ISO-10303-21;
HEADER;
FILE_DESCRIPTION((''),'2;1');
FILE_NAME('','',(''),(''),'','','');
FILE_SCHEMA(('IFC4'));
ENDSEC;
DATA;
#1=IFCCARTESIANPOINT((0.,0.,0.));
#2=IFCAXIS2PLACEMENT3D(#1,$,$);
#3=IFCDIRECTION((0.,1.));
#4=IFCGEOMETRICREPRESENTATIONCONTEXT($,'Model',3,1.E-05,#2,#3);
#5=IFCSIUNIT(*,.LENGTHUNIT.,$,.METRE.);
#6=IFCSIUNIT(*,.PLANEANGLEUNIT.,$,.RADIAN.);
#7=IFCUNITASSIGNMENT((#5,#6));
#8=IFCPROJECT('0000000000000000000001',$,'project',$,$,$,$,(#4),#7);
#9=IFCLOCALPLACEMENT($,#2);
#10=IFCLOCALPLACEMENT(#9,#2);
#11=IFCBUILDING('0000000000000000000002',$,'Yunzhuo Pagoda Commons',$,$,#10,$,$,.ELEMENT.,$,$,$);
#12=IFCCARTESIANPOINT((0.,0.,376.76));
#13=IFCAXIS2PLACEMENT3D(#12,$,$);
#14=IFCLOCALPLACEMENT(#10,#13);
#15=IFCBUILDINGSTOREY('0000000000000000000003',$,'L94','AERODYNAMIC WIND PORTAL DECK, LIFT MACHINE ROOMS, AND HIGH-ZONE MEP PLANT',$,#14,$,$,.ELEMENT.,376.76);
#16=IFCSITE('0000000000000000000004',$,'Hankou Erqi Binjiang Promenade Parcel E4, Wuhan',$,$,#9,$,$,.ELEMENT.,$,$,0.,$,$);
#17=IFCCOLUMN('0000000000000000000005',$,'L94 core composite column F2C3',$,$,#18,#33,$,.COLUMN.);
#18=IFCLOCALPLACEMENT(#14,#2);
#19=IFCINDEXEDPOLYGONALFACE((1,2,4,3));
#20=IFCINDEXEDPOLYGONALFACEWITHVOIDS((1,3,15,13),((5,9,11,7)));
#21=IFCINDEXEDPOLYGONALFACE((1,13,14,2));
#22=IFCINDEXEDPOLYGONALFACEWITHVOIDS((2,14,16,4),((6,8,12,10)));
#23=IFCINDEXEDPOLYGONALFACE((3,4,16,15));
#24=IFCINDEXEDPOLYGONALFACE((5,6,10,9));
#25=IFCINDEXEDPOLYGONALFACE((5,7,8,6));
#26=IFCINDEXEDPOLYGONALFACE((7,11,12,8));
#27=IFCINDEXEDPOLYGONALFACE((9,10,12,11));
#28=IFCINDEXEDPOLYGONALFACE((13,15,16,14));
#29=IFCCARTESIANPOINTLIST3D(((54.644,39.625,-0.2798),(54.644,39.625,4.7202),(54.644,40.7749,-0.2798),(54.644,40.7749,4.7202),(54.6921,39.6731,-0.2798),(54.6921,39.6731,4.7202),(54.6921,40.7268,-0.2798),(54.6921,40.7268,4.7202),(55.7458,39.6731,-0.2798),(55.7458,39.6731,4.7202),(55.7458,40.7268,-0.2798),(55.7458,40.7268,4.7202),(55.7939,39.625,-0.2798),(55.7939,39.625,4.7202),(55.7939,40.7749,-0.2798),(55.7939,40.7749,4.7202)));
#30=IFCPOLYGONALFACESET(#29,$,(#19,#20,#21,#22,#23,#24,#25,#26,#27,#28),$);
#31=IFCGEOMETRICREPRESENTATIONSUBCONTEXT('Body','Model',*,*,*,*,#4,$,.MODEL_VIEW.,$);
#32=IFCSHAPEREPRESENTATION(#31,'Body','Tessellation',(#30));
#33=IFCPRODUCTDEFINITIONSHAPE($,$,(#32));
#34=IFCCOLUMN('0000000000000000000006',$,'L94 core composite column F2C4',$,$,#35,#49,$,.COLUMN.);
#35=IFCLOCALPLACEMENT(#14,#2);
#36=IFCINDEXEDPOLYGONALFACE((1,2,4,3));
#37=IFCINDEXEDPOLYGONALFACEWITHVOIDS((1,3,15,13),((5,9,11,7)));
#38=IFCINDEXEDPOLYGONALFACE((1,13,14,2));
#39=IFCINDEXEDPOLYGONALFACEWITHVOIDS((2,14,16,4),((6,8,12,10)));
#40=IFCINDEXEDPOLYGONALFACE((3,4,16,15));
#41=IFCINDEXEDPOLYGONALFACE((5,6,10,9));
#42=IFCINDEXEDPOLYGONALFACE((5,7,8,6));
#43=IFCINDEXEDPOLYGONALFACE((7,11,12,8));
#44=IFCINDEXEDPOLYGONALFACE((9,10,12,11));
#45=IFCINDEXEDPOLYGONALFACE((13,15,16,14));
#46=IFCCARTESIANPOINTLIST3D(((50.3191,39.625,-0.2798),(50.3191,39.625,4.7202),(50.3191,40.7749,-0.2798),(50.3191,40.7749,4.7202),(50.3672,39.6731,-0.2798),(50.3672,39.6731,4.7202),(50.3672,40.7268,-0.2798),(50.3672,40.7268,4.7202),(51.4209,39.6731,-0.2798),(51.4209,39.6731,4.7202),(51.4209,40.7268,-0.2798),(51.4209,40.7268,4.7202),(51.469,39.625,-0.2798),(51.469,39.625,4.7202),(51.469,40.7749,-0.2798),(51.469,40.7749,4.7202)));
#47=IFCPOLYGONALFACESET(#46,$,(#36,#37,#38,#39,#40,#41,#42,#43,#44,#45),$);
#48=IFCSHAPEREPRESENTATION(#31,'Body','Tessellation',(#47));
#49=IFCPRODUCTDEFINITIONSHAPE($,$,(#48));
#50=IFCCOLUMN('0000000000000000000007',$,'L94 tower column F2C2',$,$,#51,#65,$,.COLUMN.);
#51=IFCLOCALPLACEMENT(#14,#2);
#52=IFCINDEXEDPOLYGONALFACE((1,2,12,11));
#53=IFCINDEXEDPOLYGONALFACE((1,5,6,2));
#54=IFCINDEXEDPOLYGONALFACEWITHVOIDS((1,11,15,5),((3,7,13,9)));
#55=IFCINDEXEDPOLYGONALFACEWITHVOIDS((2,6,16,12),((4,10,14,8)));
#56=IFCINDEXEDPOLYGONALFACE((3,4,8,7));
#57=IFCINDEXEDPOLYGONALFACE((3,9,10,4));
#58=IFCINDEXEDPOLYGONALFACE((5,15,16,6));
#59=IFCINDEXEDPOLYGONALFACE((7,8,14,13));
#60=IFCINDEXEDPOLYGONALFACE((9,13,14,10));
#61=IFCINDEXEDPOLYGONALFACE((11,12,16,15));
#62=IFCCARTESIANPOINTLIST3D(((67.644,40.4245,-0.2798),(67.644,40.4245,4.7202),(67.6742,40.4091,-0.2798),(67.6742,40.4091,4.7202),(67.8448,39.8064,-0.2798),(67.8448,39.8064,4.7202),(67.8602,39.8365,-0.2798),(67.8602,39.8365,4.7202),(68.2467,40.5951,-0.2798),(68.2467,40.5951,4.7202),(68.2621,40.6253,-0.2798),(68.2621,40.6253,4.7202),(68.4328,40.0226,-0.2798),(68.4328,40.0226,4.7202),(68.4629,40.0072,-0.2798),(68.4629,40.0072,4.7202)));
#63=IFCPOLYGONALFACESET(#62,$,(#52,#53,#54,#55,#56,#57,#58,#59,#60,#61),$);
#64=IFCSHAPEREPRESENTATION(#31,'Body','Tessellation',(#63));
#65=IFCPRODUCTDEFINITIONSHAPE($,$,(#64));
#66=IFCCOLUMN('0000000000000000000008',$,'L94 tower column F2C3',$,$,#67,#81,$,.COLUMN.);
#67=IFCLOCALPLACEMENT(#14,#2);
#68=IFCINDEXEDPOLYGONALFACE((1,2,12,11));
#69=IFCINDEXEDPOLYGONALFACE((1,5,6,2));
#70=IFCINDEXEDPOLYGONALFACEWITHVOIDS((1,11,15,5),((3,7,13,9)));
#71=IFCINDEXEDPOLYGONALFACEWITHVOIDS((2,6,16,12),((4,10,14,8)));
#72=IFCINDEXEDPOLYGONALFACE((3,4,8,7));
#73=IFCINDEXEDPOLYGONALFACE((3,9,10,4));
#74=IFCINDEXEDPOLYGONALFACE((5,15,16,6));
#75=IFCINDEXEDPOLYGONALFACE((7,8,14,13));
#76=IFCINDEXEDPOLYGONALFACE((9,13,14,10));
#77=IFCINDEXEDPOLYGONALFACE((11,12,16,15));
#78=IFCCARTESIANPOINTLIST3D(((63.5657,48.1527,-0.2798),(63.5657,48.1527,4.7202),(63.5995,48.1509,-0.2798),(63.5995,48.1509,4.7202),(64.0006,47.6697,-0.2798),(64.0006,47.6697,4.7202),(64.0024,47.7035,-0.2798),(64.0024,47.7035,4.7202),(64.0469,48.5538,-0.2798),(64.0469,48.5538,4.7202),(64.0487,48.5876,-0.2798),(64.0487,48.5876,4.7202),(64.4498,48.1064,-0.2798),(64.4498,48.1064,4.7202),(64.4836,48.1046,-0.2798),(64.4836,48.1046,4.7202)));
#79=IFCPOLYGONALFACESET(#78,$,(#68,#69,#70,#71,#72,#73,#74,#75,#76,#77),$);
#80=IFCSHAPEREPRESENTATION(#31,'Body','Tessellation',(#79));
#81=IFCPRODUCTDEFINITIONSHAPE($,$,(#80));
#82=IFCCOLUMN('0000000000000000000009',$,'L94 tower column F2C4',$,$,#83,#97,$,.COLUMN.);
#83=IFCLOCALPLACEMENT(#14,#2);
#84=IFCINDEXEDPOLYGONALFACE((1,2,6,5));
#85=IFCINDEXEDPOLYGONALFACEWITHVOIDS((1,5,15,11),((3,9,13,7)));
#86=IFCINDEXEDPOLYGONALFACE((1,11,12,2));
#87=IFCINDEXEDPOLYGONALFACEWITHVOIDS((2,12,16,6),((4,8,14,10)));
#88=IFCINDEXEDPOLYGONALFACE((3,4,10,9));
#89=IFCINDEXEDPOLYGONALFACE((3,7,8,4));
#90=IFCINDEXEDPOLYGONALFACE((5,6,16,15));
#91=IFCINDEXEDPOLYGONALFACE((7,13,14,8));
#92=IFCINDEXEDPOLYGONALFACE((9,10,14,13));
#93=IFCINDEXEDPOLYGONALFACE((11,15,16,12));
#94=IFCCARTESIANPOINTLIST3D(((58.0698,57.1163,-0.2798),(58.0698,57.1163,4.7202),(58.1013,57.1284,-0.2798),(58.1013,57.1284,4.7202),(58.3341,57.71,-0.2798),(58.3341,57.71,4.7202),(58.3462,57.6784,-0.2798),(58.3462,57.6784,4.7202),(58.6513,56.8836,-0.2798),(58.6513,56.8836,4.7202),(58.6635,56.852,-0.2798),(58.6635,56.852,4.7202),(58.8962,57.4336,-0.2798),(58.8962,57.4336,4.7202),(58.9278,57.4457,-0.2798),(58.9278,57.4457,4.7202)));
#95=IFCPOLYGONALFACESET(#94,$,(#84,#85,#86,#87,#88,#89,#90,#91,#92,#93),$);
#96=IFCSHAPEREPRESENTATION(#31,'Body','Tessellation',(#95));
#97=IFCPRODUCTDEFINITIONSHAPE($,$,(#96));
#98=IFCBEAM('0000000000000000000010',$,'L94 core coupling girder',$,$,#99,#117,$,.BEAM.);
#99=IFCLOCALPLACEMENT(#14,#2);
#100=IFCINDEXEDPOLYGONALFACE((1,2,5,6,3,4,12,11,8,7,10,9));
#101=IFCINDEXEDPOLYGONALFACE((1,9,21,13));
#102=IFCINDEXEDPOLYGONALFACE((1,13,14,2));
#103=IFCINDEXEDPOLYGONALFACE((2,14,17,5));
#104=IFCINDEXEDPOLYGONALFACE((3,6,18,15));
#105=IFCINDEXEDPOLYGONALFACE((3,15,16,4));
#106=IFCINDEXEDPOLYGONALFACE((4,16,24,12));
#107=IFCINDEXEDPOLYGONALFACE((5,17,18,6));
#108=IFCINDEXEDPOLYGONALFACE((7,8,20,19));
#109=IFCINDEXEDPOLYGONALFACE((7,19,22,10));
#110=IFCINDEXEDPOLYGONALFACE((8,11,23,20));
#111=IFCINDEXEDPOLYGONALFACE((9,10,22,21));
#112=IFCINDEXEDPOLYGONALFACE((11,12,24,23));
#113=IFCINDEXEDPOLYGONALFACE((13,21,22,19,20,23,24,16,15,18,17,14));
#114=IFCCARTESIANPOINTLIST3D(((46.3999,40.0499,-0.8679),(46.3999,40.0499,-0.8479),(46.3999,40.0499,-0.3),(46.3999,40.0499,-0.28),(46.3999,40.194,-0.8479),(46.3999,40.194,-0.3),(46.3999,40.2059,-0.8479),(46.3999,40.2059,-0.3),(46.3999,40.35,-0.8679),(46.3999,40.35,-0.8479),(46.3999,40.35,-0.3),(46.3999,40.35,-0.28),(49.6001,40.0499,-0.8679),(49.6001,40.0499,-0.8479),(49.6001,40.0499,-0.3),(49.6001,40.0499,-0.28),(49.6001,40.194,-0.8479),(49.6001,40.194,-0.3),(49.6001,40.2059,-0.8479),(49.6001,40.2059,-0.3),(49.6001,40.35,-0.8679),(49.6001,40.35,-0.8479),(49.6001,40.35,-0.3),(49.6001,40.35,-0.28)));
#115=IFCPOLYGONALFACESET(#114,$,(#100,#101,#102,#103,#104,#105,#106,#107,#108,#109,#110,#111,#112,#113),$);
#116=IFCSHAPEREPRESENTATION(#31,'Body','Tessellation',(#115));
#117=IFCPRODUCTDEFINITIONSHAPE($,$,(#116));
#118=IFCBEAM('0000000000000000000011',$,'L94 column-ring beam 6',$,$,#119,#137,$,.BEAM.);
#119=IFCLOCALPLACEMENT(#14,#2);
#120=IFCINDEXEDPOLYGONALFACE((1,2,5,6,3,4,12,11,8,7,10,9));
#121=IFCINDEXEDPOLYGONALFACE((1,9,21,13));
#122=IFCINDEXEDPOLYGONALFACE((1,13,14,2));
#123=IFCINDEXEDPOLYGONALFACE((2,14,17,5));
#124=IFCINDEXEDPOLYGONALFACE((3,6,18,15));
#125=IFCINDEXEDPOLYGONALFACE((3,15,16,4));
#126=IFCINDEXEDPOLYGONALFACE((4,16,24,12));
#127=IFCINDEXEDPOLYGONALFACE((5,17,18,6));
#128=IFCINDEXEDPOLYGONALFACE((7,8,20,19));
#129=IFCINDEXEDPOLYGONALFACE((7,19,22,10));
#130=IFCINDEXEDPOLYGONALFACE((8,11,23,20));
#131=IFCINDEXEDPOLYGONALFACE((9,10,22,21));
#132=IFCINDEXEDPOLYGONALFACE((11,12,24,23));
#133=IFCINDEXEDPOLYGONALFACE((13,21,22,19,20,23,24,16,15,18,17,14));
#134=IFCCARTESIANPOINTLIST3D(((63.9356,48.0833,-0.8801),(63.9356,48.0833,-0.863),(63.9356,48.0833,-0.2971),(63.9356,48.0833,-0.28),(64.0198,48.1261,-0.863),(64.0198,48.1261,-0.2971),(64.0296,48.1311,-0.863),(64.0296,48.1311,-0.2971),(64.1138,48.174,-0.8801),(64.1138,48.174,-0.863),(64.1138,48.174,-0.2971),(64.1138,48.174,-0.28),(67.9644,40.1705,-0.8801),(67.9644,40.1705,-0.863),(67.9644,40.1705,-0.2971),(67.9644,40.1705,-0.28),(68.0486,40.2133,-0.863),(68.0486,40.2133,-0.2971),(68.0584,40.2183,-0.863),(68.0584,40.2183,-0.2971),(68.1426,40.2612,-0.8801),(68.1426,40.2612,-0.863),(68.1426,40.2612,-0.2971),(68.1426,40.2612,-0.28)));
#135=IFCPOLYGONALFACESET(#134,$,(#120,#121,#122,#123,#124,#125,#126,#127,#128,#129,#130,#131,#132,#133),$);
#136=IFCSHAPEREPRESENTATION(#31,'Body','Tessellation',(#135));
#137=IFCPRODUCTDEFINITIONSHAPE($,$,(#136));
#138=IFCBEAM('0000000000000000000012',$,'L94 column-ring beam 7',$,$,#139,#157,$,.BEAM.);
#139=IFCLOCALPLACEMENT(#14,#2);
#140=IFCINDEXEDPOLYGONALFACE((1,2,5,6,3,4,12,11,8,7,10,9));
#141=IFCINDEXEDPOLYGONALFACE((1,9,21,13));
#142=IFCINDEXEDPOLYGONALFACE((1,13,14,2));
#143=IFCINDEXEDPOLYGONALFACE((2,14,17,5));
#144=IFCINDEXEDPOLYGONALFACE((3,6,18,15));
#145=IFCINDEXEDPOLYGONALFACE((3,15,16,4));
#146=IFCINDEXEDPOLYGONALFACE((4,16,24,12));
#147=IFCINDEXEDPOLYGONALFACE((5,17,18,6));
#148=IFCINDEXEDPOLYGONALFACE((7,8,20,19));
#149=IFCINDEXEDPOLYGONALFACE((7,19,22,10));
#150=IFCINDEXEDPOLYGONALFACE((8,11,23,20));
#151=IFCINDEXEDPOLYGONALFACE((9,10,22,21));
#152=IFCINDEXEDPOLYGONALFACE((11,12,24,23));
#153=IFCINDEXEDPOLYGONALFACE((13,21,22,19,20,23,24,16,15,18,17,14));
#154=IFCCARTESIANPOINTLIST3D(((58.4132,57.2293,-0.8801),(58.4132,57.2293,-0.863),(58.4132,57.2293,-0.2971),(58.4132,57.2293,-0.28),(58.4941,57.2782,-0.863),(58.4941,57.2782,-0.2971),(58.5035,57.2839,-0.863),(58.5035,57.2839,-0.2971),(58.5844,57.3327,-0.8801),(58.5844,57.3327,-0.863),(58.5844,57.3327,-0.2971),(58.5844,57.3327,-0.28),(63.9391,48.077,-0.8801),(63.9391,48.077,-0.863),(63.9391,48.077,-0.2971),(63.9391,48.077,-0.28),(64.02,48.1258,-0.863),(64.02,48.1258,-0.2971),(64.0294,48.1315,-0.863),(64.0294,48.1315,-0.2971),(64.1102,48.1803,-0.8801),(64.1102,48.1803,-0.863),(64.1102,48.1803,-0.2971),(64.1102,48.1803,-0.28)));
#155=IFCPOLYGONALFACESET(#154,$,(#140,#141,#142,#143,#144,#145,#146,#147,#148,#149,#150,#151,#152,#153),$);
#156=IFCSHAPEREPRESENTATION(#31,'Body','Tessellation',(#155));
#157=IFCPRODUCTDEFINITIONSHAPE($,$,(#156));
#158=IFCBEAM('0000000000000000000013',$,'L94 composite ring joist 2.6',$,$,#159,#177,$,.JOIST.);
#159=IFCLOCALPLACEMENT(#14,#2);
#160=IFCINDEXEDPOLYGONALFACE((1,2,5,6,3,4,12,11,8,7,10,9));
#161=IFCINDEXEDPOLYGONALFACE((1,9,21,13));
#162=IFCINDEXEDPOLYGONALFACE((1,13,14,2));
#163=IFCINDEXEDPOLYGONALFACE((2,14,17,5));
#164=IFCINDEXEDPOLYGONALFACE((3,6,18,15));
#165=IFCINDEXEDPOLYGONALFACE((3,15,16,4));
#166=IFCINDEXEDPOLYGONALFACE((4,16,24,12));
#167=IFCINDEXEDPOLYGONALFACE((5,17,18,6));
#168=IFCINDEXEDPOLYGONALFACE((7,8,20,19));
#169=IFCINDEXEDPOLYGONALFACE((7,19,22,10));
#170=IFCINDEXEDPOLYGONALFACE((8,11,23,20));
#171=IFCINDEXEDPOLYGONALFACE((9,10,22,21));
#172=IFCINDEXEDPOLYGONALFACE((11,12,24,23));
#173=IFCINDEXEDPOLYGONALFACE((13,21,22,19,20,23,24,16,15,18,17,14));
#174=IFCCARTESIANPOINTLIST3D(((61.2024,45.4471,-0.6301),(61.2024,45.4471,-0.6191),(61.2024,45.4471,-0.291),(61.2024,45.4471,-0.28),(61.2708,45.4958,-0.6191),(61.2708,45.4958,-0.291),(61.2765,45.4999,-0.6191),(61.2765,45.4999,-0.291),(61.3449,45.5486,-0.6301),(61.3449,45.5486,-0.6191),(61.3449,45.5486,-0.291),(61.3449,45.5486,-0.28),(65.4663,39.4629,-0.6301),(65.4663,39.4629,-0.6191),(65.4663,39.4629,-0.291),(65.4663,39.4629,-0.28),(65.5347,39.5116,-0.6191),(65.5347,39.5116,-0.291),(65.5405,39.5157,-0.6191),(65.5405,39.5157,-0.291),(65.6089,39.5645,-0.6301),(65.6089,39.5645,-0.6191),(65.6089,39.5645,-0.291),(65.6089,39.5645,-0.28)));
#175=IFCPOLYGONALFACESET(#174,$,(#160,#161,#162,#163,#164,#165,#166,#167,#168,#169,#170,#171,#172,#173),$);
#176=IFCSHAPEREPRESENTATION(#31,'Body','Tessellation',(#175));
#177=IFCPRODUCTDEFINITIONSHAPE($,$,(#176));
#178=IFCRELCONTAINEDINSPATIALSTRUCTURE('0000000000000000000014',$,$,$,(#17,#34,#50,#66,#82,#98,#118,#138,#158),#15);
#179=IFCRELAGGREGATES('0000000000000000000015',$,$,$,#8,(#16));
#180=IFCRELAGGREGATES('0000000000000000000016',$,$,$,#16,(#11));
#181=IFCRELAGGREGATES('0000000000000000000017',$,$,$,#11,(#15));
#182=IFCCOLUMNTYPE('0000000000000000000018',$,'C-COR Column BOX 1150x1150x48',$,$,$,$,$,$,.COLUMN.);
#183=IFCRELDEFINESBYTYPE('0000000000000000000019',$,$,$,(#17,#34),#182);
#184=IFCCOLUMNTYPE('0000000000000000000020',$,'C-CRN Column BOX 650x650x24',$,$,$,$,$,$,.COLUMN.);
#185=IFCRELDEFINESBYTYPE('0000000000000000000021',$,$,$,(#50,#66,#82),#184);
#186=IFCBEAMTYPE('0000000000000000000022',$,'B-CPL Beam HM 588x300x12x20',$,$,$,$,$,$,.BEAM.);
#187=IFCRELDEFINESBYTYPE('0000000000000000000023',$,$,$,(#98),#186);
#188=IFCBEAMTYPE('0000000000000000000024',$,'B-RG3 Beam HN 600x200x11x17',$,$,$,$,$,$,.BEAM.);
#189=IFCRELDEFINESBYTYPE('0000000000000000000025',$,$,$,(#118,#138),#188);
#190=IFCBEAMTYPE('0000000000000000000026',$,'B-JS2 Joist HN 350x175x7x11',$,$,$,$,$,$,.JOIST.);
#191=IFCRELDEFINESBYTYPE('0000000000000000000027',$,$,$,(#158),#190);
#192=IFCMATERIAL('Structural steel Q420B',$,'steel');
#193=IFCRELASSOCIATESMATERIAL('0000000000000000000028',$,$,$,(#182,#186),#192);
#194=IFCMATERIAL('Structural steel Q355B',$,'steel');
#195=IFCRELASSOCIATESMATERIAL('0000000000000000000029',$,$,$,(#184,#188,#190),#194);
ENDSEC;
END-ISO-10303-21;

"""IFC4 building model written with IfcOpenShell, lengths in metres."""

from ifc_helpers import new_model, si_unit, direction, frame, origin, origin_2d, place, context, subcontext, project, spatial, hollow_rectangle, i_section, extrude, source, transform, mapped, material, material_profile, profile_set, type_object, element, save


model = new_model("IFC4")

# Units and contexts
model_context = context("Model", 3, precision=1e-05, world=origin(), true_north=direction((0.0, 1.0)))
body_context = subcontext(model_context, "Body", "Model", "MODEL_VIEW")
ifc_project = project(units=[si_unit("LENGTHUNIT", "METRE"), si_unit("PLANEANGLEUNIT", "RADIAN")], contexts=[model_context])

# Site, building, storey
site_placement = place(None, origin())
site = spatial("IfcSite", under=ifc_project, at=site_placement, Name="Hankou Erqi Binjiang Promenade Parcel E4, Wuhan", CompositionType="ELEMENT", RefElevation=0.0)
building_placement = place(site_placement, origin())
building = spatial("IfcBuilding", under=site, at=building_placement, Name="Yunzhuo Pagoda Commons", CompositionType="ELEMENT")
storey_placement = place(building_placement, frame((0.0, 0.0, 376.76)))
storey = spatial("IfcBuildingStorey", under=building, at=storey_placement, Name="L94", Description="AERODYNAMIC WIND PORTAL DECK, LIFT MACHINE ROOMS, AND HIGH-ZONE MEP PLANT", CompositionType="ELEMENT", Elevation=376.76)

# Columns
ifc_material_1 = material(Name="Structural steel Q420B", Category="steel")
ifc_material_profile_1 = material_profile(ifc_material_1, hollow_rectangle(XDim=1.1499, YDim=1.1499, WallThickness=0.0481, at=origin_2d()), Name="Structural steel Q420B")
ifc_profile_set_1 = profile_set([ifc_material_profile_1], Name="Structural steel Q420B")
column_type_1 = type_object("IfcColumnType", Name="C-COR Column BOX 1150x1150x48", PredefinedType="COLUMN", material=ifc_profile_set_1)
shared_shape_1 = source(origin(), body_context, "Body", "SweptSolid", [
    extrude(hollow_rectangle(XDim=1.1499, YDim=1.1499, WallThickness=0.0481, at=origin_2d()), origin(), (0.0, 0.0, 1.0), 5.0),
])
for number, where, z_axis, x_axis, name in (
    (1, (55.219, 40.2, -0.2798), (0.0, 0.0, 1.0), (1.0, 0.0, 0.0), "L94 core composite column F2C3"),
    (2, (50.894, 40.2, -0.2798), (0.0, 0.0, 1.0), (1.0, 0.0, 0.0), "L94 core composite column F2C4"),
):
    element("IfcColumn", number, at=place(storey_placement, frame(where, z_axis=z_axis, x_axis=x_axis)), inside=storey, type_object=column_type_1, Name=name, PredefinedType="COLUMN", context=body_context, shape_type="MappedRepresentation", body=[
        mapped(shared_shape_1, transform((0.0, 0.0, 0.0), scale=1.0)),
    ])
ifc_material_2 = material(Name="Structural steel Q355B", Category="steel")
ifc_material_profile_2 = material_profile(ifc_material_2, hollow_rectangle(XDim=0.6499, YDim=0.6499, WallThickness=0.0239, at=origin_2d()), Name="Structural steel Q355B")
ifc_profile_set_2 = profile_set([ifc_material_profile_2], Name="Structural steel Q355B")
column_type_2 = type_object("IfcColumnType", Name="C-CRN Column BOX 650x650x24", PredefinedType="COLUMN", material=ifc_profile_set_2)
shared_shape_2 = source(origin(), body_context, "Body", "SweptSolid", [
    extrude(hollow_rectangle(XDim=0.6499, YDim=0.6499, WallThickness=0.0239, at=origin_2d()), origin(), (0.0, 0.0, 1.0), 5.0),
])
for number, where, z_axis, x_axis, name in (
    (3, (68.0535, 40.2158, -0.2798), (0.0, 0.0, 1.0), (-0.309017, 0.951057, 0.0), "L94 tower column F2C2"),
    (4, (64.0247, 48.1287, -0.2798), (0.0, 0.0, 1.0), (-0.669131, 0.743145, 0.0), "L94 tower column F2C3"),
    (5, (58.4988, 57.281, -0.2798), (0.0, 0.0, 1.0), (-0.913545, 0.406737, 0.0), "L94 tower column F2C4"),
):
    element("IfcColumn", number, at=place(storey_placement, frame(where, z_axis=z_axis, x_axis=x_axis)), inside=storey, type_object=column_type_2, Name=name, PredefinedType="COLUMN", context=body_context, shape_type="MappedRepresentation", body=[
        mapped(shared_shape_2, transform((0.0, 0.0, 0.0), scale=1.0)),
    ])

# Beams
ifc_material_profile_3 = material_profile(ifc_material_1, i_section(OverallWidth=0.3, OverallDepth=0.5879, WebThickness=0.012, FlangeThickness=0.02, at=origin_2d()), Name="Structural steel Q420B")
ifc_profile_set_3 = profile_set([ifc_material_profile_3], Name="Structural steel Q420B")
beam_type_1 = type_object("IfcBeamType", Name="B-CPL Beam HM 588x300x12x20", PredefinedType="BEAM", material=ifc_profile_set_3)
shared_shape_3 = source(origin(), body_context, "Body", "SweptSolid", [
    extrude(i_section(OverallWidth=0.3, OverallDepth=0.5879, WebThickness=0.012, FlangeThickness=0.02, at=origin_2d()), origin(), (0.0, 0.0, 1.0), 3.2002),
])
beam_1_placement = place(storey_placement, frame((46.3999, 40.2, -0.574), z_axis=(1.0, 0.0, 0.0), x_axis=(0.0, 1.0, 0.0)))
element("IfcBeam", 6, at=beam_1_placement, inside=storey, type_object=beam_type_1, Name="L94 core coupling girder", PredefinedType="BEAM", context=body_context, shape_type="MappedRepresentation", body=[
    mapped(shared_shape_3, transform((0.0, 0.0, 0.0), scale=1.0)),
])
ifc_material_profile_4 = material_profile(ifc_material_2, i_section(OverallWidth=0.2, OverallDepth=0.6001, WebThickness=0.011, FlangeThickness=0.0171, at=origin_2d()), Name="Structural steel Q355B")
ifc_profile_set_4 = profile_set([ifc_material_profile_4], Name="Structural steel Q355B")
beam_type_2 = type_object("IfcBeamType", Name="B-RG3 Beam HN 600x200x11x17", PredefinedType="BEAM", material=ifc_profile_set_4)
shared_shape_4 = source(origin(), body_context, "Body", "SweptSolid", [
    extrude(i_section(OverallWidth=0.2, OverallDepth=0.6001, WebThickness=0.011, FlangeThickness=0.0171, at=origin_2d()), origin(), (0.0, 0.0, 1.0), 8.8794),
])
beam_2_placement = place(storey_placement, frame((68.0535, 40.2158, -0.5801), z_axis=(-0.453724, 0.891142, 0.0), x_axis=(-0.891142, -0.453724, 0.0)))
element("IfcBeam", 7, at=beam_2_placement, inside=storey, type_object=beam_type_2, Name="L94 column-ring beam 6", PredefinedType="BEAM", context=body_context, shape_type="MappedRepresentation", body=[
    mapped(shared_shape_4, transform((0.0, 0.0, 0.0), scale=1.0)),
])
shared_shape_5 = source(origin(), body_context, "Body", "SweptSolid", [
    extrude(i_section(OverallWidth=0.2, OverallDepth=0.6001, WebThickness=0.011, FlangeThickness=0.0171, at=origin_2d()), origin(), (0.0, 0.0, 1.0), 10.6912),
])
beam_3_placement = place(storey_placement, frame((64.0247, 48.1287, -0.5801), z_axis=(-0.516865, 0.856067, 0.0), x_axis=(-0.856067, -0.516865, 0.0)))
element("IfcBeam", 8, at=beam_3_placement, inside=storey, type_object=beam_type_2, Name="L94 column-ring beam 7", PredefinedType="BEAM", context=body_context, shape_type="MappedRepresentation", body=[
    mapped(shared_shape_5, transform((0.0, 0.0, 0.0), scale=1.0)),
])
ifc_material_profile_5 = material_profile(ifc_material_2, i_section(OverallWidth=0.175, OverallDepth=0.3501, WebThickness=0.0071, FlangeThickness=0.011, at=origin_2d()), Name="Structural steel Q355B")
ifc_profile_set_5 = profile_set([ifc_material_profile_5], Name="Structural steel Q355B")
beam_type_3 = type_object("IfcBeamType", Name="B-JS2 Joist HN 350x175x7x11", PredefinedType="JOIST", material=ifc_profile_set_5)
shared_shape_6 = source(origin(), body_context, "Body", "SweptSolid", [
    extrude(i_section(OverallWidth=0.175, OverallDepth=0.3501, WebThickness=0.0071, FlangeThickness=0.011, at=origin_2d()), origin(), (0.0, 0.0, 1.0), 7.3479),
])
beam_4_placement = place(storey_placement, frame((65.5376, 39.5137, -0.4551), z_axis=(-0.580295, 0.814406, 0.0), x_axis=(-0.814406, -0.580295, 0.0)))
element("IfcBeam", 9, at=beam_4_placement, inside=storey, type_object=beam_type_3, Name="L94 composite ring joist 2.6", PredefinedType="JOIST", context=body_context, shape_type="MappedRepresentation", body=[
    mapped(shared_shape_6, transform((0.0, 0.0, 0.0), scale=1.0)),
])

save(model, "model.ifc")
